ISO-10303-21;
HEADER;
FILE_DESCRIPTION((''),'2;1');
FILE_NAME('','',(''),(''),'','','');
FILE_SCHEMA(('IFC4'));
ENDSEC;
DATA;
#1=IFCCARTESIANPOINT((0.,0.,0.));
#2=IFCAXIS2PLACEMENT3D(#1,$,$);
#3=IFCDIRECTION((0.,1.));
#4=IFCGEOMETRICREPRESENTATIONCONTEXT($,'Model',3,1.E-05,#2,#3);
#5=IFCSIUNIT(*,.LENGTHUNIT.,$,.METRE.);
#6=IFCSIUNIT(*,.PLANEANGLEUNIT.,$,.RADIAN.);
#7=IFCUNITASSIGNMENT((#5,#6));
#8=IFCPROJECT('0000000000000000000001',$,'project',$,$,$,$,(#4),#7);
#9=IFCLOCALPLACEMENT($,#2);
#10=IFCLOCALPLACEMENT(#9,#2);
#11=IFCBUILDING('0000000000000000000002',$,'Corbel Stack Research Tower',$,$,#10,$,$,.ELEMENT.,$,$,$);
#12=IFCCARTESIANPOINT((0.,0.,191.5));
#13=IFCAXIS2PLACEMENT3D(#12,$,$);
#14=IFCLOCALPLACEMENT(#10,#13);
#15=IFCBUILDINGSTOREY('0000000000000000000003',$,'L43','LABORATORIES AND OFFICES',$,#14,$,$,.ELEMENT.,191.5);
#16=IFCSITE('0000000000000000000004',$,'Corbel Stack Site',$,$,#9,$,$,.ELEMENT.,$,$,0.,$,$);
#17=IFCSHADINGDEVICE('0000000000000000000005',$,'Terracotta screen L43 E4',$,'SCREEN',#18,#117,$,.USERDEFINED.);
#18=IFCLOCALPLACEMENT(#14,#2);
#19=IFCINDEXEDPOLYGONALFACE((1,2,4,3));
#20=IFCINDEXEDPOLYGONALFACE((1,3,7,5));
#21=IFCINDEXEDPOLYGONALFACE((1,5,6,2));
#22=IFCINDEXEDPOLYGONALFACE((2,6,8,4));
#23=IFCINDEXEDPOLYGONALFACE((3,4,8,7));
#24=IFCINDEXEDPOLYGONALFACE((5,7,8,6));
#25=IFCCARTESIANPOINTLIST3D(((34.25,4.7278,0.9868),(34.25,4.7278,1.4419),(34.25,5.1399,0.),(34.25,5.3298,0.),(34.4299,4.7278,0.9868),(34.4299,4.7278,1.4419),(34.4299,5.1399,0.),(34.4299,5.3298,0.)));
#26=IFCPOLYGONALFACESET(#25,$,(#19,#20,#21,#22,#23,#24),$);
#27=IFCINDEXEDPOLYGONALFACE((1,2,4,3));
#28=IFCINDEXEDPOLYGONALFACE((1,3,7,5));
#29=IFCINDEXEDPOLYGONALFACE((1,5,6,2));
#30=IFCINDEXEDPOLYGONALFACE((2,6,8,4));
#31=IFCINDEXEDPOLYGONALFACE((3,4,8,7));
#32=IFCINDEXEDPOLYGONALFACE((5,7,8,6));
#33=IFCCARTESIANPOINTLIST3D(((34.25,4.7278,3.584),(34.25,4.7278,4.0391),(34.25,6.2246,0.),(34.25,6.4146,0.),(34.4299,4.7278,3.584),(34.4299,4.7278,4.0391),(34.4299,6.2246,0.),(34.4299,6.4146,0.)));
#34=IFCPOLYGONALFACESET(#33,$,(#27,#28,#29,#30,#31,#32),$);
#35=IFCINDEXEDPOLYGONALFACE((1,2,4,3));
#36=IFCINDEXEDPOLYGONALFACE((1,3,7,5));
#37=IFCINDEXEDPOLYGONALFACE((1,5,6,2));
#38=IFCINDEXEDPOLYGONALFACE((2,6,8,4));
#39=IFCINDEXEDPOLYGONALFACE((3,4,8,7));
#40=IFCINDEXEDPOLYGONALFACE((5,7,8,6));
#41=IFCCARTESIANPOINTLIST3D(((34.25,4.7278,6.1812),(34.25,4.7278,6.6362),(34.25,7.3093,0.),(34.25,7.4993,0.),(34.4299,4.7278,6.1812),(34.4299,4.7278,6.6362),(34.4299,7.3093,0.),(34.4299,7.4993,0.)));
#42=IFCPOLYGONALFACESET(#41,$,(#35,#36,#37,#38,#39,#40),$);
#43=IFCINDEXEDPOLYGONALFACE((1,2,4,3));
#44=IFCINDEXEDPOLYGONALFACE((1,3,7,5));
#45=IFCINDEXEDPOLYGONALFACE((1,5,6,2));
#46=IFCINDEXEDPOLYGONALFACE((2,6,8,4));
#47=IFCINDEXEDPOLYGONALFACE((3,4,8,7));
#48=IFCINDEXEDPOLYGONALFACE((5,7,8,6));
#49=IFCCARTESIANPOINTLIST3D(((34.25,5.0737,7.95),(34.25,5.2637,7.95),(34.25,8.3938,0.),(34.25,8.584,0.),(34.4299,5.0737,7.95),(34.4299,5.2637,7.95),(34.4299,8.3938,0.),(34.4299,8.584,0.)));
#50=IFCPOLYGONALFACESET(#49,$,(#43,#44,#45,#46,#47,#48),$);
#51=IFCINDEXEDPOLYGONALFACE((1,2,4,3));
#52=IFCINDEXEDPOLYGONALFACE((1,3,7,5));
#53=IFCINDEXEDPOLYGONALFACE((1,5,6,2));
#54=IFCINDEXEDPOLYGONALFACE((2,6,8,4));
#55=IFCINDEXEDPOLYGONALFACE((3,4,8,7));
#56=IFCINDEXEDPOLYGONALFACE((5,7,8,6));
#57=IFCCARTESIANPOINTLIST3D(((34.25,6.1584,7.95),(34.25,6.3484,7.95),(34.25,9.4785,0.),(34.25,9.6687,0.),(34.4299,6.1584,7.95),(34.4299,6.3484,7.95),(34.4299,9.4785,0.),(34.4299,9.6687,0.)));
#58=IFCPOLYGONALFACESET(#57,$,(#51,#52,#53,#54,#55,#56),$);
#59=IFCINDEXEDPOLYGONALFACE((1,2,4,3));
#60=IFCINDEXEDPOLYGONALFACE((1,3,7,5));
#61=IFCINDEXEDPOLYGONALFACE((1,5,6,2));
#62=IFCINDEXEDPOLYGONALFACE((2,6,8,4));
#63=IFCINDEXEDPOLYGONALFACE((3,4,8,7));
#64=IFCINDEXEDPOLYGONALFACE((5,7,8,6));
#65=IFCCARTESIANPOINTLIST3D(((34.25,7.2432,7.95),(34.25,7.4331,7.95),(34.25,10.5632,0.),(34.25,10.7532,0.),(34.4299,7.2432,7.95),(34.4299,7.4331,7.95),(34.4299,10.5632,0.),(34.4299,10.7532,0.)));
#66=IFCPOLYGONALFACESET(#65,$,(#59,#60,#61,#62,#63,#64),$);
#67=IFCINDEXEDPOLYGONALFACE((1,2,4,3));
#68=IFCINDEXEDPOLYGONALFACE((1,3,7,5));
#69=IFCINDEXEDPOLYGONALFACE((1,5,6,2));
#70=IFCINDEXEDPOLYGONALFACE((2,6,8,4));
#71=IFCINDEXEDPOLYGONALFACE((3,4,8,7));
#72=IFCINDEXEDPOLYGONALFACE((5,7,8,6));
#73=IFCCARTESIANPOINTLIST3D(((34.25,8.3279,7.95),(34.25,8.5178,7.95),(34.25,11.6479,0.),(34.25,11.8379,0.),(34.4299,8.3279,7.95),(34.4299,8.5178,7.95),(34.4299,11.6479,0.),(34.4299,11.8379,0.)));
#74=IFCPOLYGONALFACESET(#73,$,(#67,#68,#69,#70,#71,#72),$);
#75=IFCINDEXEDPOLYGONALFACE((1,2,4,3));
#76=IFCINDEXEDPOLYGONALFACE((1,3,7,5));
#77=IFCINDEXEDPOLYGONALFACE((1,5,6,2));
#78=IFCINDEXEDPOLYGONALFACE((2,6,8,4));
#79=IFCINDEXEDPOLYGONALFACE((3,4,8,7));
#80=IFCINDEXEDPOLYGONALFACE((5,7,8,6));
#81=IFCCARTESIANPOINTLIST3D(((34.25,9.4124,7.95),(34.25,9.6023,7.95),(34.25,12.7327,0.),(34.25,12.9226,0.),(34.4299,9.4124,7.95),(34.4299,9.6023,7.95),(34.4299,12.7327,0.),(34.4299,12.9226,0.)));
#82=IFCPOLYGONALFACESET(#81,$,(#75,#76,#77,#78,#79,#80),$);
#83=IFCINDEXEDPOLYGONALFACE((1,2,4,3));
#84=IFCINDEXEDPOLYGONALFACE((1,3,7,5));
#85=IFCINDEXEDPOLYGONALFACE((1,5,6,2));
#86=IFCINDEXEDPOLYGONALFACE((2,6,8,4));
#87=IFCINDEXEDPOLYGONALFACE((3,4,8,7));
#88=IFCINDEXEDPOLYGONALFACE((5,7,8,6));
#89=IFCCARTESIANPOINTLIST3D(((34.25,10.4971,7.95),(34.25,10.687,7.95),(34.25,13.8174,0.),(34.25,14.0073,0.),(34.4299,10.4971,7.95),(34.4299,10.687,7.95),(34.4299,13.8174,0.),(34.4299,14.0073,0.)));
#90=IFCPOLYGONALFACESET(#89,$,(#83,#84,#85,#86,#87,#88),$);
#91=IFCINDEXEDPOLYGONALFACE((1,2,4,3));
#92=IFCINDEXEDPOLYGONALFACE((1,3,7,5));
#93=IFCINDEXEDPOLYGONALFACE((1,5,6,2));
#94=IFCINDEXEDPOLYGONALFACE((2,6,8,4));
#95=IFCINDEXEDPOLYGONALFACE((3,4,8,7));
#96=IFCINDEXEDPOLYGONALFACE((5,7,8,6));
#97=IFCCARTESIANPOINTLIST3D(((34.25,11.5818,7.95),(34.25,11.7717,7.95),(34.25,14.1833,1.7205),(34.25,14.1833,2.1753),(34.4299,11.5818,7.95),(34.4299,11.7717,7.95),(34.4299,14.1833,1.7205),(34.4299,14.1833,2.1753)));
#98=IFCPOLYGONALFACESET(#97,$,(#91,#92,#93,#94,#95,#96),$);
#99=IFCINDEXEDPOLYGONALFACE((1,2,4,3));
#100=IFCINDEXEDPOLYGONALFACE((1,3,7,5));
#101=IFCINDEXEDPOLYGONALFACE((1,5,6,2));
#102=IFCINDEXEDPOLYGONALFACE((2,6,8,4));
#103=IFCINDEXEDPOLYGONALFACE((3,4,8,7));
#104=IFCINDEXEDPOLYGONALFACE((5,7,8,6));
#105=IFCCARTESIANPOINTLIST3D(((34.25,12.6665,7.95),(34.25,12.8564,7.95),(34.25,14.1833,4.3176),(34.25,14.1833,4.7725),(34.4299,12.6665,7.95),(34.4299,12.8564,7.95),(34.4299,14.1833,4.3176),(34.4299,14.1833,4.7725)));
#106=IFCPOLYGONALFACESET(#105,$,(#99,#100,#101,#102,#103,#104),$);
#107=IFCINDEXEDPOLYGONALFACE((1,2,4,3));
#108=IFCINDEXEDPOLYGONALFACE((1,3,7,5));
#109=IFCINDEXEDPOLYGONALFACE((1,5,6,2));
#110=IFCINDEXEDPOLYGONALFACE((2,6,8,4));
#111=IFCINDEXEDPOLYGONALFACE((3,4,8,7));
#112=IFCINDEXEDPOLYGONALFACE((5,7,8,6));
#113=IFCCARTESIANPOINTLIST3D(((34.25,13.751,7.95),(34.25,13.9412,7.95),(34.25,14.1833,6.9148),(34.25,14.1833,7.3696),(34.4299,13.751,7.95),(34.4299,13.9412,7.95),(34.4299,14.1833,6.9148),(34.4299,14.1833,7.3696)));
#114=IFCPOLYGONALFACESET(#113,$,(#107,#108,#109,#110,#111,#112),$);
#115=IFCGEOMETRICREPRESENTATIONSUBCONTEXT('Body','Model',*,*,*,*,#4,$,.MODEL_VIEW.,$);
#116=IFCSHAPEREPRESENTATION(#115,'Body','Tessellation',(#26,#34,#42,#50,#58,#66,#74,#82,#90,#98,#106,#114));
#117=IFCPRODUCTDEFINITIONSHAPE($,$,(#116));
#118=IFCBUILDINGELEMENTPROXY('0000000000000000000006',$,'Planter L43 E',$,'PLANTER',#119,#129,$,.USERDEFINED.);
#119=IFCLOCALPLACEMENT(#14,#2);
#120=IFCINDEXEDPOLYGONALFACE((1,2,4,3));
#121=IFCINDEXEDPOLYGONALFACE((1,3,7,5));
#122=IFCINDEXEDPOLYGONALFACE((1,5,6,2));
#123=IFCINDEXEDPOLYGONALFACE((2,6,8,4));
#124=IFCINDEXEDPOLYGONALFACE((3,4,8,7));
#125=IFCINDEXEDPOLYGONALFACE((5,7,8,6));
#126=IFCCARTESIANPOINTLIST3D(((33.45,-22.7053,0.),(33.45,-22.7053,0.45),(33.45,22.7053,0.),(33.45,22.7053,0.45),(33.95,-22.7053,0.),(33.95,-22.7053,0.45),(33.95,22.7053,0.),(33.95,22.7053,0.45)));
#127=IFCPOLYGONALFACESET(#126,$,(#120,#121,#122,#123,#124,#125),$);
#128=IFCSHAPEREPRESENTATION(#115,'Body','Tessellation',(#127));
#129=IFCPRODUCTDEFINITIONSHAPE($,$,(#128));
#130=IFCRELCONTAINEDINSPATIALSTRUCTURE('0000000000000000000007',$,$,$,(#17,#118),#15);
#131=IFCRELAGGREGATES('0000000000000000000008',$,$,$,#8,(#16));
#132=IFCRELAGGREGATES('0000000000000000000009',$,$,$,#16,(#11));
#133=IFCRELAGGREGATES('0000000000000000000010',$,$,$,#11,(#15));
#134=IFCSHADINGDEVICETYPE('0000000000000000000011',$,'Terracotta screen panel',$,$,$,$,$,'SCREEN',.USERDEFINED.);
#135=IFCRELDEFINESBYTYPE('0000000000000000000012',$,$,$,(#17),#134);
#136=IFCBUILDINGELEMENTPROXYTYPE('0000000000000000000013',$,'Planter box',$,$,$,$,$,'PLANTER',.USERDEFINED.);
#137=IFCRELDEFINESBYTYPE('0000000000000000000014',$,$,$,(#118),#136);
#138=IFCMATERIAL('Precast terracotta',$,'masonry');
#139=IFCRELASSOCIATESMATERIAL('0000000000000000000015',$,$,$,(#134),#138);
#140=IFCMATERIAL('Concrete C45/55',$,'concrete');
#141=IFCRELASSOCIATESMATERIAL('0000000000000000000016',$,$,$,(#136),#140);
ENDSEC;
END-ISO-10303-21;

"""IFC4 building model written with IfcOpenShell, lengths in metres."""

from ifc_helpers import new_model, si_unit, direction, frame, origin, origin_2d, place, context, subcontext, project, spatial, polyline, rectangle, outline, extrude, source, transform, mapped, material, type_object, element, save


model = new_model("IFC4")

# Units and contexts
model_context = context("Model", 3, precision=1e-05, world=origin(), true_north=direction((0.0, 1.0)))
body_context = subcontext(model_context, "Body", "Model", "MODEL_VIEW")
ifc_project = project(units=[si_unit("LENGTHUNIT", "METRE"), si_unit("PLANEANGLEUNIT", "RADIAN")], contexts=[model_context])

# Site, building, storey
site_placement = place(None, origin())
site = spatial("IfcSite", under=ifc_project, at=site_placement, Name="Corbel Stack Site", CompositionType="ELEMENT", RefElevation=0.0)
building_placement = place(site_placement, origin())
building = spatial("IfcBuilding", under=site, at=building_placement, Name="Corbel Stack Research Tower", CompositionType="ELEMENT")
storey_placement = place(building_placement, frame((0.0, 0.0, 191.5)))
storey = spatial("IfcBuildingStorey", under=building, at=storey_placement, Name="L43", Description="LABORATORIES AND OFFICES", CompositionType="ELEMENT", Elevation=191.5)

# Shading device
ifc_material_1 = material(Name="Precast terracotta", Category="masonry")
shading_device_type = type_object("IfcShadingDeviceType", Name="Terracotta screen panel", ElementType="SCREEN", PredefinedType="USERDEFINED", material=ifc_material_1)
shared_shape_1 = source(origin(), body_context, "Body", "SweptSolid", [
    extrude(outline(polyline([(0.6021, 0.0), (0.0, 1.4419), (0.0, 0.9868), (0.4121, 0.0), (0.6021, 0.0)])), frame((0.0, 0.0, 0.0), z_axis=(0.0, -1.0, 0.0), x_axis=(1.0, 0.0, 0.0)), (0.0, 0.0, 1.0), 0.1799),
    extrude(outline(polyline([(1.6868, 0.0), (0.0, 4.0391), (0.0, 3.584), (1.4968, 0.0), (1.6868, 0.0)])), frame((0.0, 0.0, 0.0), z_axis=(0.0, -1.0, 0.0), x_axis=(1.0, 0.0, 0.0)), (0.0, 0.0, 1.0), 0.1799),
    extrude(outline(polyline([(2.7715, 0.0), (0.0, 6.6362), (0.0, 6.1812), (2.5815, 0.0), (2.7715, 0.0)])), frame((0.0, 0.0, 0.0), z_axis=(0.0, -1.0, 0.0), x_axis=(1.0, 0.0, 0.0)), (0.0, 0.0, 1.0), 0.1799),
    extrude(outline(polyline([(3.8562, 0.0), (0.5359, 7.95), (0.3459, 7.95), (3.666, 0.0), (3.8562, 0.0)])), frame((0.0, 0.0, 0.0), z_axis=(0.0, -1.0, 0.0), x_axis=(1.0, 0.0, 0.0)), (0.0, 0.0, 1.0), 0.1799),
    extrude(outline(polyline([(4.9409, 0.0), (1.6206, 7.95), (1.4307, 7.95), (4.7507, 0.0), (4.9409, 0.0)])), frame((0.0, 0.0, 0.0), z_axis=(0.0, -1.0, 0.0), x_axis=(1.0, 0.0, 0.0)), (0.0, 0.0, 1.0), 0.1799),
    extrude(outline(polyline([(6.0254, 0.0), (2.7053, 7.95), (2.5154, 7.95), (5.8354, 0.0), (6.0254, 0.0)])), frame((0.0, 0.0, 0.0), z_axis=(0.0, -1.0, 0.0), x_axis=(1.0, 0.0, 0.0)), (0.0, 0.0, 1.0), 0.1799),
    extrude(outline(polyline([(7.1101, 0.0), (3.79, 7.95), (3.6001, 7.95), (6.9202, 0.0), (7.1101, 0.0)])), frame((0.0, 0.0, 0.0), z_axis=(0.0, -1.0, 0.0), x_axis=(1.0, 0.0, 0.0)), (0.0, 0.0, 1.0), 0.1799),
    extrude(outline(polyline([(8.1948, 0.0), (4.8745, 7.95), (4.6846, 7.95), (8.0049, 0.0), (8.1948, 0.0)])), frame((0.0, 0.0, 0.0), z_axis=(0.0, -1.0, 0.0), x_axis=(1.0, 0.0, 0.0)), (0.0, 0.0, 1.0), 0.1799),
    extrude(outline(polyline([(9.2795, 0.0), (5.9592, 7.95), (5.7693, 7.95), (9.0896, 0.0), (9.2795, 0.0)])), frame((0.0, 0.0, 0.0), z_axis=(0.0, -1.0, 0.0), x_axis=(1.0, 0.0, 0.0)), (0.0, 0.0, 1.0), 0.1799),
    extrude(outline(polyline([(7.0439, 7.95), (6.854, 7.95), (9.4556, 1.7205), (9.4556, 2.1753), (7.0439, 7.95)])), frame((0.0, 0.0, 0.0), z_axis=(0.0, -1.0, 0.0), x_axis=(1.0, 0.0, 0.0)), (0.0, 0.0, 1.0), 0.1799),
    extrude(outline(polyline([(8.1287, 7.95), (7.9387, 7.95), (9.4556, 4.3176), (9.4556, 4.7725), (8.1287, 7.95)])), frame((0.0, 0.0, 0.0), z_axis=(0.0, -1.0, 0.0), x_axis=(1.0, 0.0, 0.0)), (0.0, 0.0, 1.0), 0.1799),
    extrude(outline(polyline([(9.2134, 7.95), (9.0232, 7.95), (9.4556, 6.9148), (9.4556, 7.3696), (9.2134, 7.95)])), frame((0.0, 0.0, 0.0), z_axis=(0.0, -1.0, 0.0), x_axis=(1.0, 0.0, 0.0)), (0.0, 0.0, 1.0), 0.1799),
])
shading_device_1_placement = place(storey_placement, frame((34.25, 4.7278, 0.0), z_axis=(0.0, 0.0, 1.0), x_axis=(0.0, 1.0, 0.0)))
element("IfcShadingDevice", 1, at=shading_device_1_placement, inside=storey, type_object=shading_device_type, Name="Terracotta screen L43 E4", ObjectType="SCREEN", PredefinedType="USERDEFINED", context=body_context, shape_type="MappedRepresentation", body=[
    mapped(shared_shape_1, transform((0.0, 0.0, 0.0))),
])

# Building element proxy
ifc_material_2 = material(Name="Concrete C45/55", Category="concrete")
building_element_proxy_type = type_object("IfcBuildingElementProxyType", Name="Planter box", ElementType="PLANTER", PredefinedType="USERDEFINED", material=ifc_material_2)
proxy_placement = place(storey_placement, frame((33.7, 0.0, 0.0), z_axis=(0.0, 0.0, 1.0), x_axis=(0.0, 1.0, 0.0)))
element("IfcBuildingElementProxy", 2, at=proxy_placement, inside=storey, type_object=building_element_proxy_type, Name="Planter L43 E", ObjectType="PLANTER", PredefinedType="USERDEFINED", context=body_context, shape_type="SweptSolid", body=[
    extrude(rectangle(XDim=45.4106, YDim=0.5, at=origin_2d()), origin(), (0.0, 0.0, 1.0), 0.45),
])

save(model, "model.ifc")
